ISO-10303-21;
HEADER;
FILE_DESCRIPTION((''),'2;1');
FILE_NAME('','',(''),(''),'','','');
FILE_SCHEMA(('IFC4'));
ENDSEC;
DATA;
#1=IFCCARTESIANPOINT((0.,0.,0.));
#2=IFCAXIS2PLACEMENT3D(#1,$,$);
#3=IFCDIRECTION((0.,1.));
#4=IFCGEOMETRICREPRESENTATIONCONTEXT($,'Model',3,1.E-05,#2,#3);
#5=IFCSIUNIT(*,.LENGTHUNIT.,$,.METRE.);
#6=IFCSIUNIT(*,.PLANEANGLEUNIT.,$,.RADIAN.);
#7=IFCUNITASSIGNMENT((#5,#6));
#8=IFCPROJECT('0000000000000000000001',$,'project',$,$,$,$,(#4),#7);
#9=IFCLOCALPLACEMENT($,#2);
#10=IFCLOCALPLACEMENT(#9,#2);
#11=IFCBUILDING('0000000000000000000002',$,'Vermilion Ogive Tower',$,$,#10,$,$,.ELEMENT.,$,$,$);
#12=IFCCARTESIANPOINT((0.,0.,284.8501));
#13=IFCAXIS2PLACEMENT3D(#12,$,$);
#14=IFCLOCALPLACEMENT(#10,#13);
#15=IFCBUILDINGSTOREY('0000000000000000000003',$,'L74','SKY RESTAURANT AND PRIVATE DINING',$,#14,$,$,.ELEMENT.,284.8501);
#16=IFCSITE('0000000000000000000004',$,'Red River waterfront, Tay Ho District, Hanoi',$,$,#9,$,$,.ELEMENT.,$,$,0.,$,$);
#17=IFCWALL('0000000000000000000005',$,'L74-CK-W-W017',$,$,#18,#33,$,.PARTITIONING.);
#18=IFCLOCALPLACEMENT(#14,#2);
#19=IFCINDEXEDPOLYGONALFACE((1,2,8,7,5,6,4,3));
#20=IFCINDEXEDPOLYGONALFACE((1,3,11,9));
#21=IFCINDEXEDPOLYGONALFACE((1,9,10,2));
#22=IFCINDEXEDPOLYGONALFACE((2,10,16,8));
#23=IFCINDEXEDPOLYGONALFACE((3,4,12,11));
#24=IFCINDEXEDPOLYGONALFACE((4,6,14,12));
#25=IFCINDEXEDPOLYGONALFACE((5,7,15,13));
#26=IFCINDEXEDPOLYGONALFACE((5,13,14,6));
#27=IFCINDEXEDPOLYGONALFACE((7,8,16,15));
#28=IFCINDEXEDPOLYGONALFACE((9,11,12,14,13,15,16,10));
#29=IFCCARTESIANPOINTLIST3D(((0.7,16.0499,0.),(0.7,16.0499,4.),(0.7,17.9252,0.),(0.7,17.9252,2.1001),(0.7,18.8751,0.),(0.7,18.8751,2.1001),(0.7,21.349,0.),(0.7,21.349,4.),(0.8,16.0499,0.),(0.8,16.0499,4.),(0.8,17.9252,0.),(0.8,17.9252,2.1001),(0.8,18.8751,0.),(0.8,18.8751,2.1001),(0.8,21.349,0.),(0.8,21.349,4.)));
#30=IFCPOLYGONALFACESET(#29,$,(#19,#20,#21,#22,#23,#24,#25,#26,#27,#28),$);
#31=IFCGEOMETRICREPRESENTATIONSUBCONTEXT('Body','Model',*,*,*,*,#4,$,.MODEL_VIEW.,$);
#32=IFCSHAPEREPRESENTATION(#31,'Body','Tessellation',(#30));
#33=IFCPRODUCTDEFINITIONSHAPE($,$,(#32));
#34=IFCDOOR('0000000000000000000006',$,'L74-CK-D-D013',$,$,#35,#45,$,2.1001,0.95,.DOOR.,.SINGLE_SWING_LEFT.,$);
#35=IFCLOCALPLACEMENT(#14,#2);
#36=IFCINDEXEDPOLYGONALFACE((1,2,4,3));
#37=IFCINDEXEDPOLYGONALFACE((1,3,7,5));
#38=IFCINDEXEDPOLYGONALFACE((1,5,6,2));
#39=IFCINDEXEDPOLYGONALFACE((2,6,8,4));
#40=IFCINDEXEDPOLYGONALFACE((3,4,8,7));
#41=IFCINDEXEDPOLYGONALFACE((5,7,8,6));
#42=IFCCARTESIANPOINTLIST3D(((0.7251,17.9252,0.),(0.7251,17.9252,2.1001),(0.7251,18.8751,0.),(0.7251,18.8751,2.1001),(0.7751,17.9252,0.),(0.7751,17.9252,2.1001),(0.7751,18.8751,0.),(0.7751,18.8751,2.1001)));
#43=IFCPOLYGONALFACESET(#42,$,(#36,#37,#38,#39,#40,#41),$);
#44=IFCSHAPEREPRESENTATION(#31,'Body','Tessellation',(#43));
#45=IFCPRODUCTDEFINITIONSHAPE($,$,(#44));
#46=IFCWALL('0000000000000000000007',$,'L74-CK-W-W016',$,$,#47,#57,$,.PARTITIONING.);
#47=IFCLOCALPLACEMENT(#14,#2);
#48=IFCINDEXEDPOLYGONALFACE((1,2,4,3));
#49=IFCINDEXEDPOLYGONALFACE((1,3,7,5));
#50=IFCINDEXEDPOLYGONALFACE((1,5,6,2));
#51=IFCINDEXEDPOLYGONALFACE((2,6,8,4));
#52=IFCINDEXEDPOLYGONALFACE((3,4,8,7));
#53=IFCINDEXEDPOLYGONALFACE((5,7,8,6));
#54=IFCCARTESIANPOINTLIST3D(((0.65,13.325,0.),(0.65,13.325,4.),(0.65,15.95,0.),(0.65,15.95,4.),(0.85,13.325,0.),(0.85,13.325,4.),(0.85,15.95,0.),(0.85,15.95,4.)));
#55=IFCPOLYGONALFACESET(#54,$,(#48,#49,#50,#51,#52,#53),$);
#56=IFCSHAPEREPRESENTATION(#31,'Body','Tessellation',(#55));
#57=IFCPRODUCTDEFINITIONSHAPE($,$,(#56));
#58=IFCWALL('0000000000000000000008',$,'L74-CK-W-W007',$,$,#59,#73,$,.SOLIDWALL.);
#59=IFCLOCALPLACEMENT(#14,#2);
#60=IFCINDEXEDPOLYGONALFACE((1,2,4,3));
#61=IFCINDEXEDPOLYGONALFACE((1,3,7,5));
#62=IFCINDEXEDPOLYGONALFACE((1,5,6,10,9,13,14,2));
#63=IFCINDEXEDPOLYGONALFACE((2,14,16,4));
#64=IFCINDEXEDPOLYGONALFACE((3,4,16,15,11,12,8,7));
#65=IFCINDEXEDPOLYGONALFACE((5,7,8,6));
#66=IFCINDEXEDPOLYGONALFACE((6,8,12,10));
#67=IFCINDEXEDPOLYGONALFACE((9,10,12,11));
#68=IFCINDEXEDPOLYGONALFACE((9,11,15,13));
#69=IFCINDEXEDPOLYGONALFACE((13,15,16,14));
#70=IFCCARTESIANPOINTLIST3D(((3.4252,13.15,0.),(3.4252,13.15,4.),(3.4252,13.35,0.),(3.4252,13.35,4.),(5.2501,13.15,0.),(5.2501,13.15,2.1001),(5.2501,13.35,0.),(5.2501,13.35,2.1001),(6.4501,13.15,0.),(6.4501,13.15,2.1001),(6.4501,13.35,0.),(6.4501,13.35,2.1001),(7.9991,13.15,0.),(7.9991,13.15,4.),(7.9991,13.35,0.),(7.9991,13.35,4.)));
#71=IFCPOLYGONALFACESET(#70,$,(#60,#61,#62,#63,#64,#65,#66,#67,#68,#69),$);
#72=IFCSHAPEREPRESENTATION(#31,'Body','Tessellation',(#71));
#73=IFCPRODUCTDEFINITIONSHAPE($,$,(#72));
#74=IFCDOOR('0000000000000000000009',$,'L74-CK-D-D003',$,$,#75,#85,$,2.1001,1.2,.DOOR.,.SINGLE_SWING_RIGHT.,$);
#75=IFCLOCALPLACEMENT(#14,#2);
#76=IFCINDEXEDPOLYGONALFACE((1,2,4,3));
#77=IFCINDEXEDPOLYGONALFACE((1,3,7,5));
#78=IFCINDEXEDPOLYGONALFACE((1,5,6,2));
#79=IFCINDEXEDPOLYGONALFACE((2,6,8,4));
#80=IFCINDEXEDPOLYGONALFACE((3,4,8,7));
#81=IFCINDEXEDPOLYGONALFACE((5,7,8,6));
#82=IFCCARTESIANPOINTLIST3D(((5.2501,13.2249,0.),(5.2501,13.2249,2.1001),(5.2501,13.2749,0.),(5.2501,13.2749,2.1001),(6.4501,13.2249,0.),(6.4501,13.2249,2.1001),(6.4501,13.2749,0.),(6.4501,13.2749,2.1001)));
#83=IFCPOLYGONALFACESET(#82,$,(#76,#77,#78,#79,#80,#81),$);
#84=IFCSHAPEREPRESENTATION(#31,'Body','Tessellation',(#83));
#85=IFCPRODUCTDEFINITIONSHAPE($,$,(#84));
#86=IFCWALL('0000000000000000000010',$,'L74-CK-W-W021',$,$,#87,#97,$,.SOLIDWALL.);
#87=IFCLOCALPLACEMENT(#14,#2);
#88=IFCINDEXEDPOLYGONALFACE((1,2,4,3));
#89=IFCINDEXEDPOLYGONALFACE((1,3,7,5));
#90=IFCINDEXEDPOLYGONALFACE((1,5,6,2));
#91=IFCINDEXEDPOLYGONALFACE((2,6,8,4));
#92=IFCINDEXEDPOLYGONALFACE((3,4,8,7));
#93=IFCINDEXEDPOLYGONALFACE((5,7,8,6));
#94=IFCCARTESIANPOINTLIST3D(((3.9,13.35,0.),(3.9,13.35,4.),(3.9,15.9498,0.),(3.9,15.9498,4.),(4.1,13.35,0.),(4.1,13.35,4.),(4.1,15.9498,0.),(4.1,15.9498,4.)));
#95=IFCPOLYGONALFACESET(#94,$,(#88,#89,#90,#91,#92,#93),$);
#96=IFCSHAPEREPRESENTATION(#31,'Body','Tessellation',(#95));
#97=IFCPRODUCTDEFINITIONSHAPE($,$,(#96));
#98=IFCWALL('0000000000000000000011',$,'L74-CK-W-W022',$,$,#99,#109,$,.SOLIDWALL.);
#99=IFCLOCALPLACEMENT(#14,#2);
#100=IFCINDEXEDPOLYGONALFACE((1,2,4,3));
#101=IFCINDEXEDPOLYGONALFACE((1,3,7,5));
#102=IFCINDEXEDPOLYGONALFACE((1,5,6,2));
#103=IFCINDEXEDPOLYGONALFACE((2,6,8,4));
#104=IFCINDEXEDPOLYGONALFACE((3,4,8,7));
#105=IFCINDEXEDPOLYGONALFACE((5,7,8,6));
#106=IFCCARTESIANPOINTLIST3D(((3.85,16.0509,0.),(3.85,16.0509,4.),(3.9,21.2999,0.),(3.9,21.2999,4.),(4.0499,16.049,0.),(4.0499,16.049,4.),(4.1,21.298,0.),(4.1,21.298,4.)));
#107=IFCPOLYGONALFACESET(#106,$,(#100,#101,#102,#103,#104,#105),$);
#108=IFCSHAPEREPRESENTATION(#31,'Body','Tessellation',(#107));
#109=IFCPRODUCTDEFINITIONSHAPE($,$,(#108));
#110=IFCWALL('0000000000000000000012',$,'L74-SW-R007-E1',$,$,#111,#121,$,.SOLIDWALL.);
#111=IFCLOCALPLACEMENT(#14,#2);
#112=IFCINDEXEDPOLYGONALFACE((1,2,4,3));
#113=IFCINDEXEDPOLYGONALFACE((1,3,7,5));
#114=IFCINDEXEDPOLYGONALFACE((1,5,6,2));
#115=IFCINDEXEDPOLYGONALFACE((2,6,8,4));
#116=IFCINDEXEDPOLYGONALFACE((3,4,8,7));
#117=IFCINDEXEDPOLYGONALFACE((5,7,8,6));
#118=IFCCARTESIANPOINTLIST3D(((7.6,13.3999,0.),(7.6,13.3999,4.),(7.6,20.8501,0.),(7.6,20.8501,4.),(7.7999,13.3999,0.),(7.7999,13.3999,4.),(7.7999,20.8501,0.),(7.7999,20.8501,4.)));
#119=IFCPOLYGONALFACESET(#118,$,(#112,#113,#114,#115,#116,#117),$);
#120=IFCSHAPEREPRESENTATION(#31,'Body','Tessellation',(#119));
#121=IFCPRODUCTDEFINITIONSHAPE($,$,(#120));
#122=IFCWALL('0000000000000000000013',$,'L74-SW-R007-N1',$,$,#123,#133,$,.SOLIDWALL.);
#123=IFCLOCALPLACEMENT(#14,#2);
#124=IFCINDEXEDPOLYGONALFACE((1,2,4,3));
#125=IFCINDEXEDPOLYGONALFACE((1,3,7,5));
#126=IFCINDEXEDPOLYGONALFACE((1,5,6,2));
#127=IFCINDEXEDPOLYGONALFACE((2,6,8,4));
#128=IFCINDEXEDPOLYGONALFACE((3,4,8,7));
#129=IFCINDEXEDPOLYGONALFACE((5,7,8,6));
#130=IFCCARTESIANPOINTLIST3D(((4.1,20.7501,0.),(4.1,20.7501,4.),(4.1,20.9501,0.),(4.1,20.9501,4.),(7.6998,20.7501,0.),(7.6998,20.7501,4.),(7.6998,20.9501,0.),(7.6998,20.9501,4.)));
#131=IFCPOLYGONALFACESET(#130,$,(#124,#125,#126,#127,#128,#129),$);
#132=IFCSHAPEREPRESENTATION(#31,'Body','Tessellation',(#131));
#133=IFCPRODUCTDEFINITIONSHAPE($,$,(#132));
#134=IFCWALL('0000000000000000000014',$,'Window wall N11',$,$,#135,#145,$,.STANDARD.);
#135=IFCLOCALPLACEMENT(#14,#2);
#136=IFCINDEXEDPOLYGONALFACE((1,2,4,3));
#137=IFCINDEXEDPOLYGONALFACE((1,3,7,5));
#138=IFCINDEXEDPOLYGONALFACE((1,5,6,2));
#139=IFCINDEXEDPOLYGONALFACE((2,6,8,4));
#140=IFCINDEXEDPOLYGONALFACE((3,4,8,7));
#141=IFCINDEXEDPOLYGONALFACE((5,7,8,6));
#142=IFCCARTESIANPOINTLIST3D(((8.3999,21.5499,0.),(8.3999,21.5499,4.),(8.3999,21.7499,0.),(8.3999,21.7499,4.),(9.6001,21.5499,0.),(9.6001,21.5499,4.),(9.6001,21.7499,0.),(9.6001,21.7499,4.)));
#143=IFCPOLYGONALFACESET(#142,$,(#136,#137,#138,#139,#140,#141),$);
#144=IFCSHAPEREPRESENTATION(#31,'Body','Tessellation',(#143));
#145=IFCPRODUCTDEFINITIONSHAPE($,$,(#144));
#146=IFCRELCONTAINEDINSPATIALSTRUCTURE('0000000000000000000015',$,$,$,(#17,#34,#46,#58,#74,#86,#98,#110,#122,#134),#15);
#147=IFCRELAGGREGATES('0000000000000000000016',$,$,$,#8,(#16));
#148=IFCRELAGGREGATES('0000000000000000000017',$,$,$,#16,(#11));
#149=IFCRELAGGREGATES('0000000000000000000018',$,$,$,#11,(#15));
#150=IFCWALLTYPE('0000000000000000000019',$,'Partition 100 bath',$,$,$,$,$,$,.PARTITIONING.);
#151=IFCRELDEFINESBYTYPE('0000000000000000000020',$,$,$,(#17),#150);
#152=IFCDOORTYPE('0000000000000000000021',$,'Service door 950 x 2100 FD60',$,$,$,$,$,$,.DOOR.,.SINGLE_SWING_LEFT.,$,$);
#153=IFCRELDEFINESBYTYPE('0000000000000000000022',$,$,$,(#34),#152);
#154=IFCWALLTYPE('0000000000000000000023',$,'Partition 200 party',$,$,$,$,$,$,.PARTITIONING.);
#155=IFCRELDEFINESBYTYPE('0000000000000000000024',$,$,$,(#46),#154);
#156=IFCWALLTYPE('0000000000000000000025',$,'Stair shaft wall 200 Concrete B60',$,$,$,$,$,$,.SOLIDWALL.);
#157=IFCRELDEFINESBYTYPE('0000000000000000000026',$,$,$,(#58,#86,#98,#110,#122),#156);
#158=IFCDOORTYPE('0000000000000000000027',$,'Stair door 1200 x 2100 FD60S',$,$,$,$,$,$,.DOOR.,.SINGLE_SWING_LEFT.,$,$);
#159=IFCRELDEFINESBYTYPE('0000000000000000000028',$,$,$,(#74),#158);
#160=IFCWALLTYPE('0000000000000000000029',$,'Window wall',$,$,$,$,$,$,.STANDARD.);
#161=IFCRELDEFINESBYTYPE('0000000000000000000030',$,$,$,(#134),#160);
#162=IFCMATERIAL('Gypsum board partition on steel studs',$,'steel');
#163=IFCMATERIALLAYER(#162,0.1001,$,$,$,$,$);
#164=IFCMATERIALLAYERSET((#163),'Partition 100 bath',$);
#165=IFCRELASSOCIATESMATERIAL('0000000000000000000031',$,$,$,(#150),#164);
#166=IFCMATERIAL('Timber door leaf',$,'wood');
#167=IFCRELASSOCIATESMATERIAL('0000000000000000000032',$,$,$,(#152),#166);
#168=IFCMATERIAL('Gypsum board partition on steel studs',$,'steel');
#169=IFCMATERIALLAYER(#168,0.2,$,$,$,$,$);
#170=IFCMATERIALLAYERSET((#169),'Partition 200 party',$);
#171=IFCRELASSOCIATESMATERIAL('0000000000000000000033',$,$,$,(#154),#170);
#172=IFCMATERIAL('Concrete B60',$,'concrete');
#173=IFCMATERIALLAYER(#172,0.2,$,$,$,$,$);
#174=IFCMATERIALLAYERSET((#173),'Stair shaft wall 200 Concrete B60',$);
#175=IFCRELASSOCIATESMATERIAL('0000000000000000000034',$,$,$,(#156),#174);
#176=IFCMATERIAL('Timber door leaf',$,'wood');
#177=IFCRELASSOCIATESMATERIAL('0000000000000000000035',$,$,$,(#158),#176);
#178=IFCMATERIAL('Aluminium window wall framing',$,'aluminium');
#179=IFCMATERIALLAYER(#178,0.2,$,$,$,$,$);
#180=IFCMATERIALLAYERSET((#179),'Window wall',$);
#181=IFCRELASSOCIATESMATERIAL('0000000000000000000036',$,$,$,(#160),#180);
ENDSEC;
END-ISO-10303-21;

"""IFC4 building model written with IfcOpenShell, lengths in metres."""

from ifc_helpers import new_model, si_unit, direction, frame, frame_2d, origin, place, context, subcontext, project, spatial, rectangle, extrude, material, layer, layer_set, type_object, element, fill, save


model = new_model("IFC4")

# Units and contexts
model_context = context("Model", 3, precision=1e-05, world=origin(), true_north=direction((0.0, 1.0)))
body_context = subcontext(model_context, "Body", "Model", "MODEL_VIEW")
ifc_project = project(units=[si_unit("LENGTHUNIT", "METRE"), si_unit("PLANEANGLEUNIT", "RADIAN")], contexts=[model_context])

# Site, building, storey
site_placement = place(None, origin())
site = spatial("IfcSite", under=ifc_project, at=site_placement, Name="Red River waterfront, Tay Ho District, Hanoi", CompositionType="ELEMENT", RefElevation=0.0)
building_placement = place(site_placement, origin())
building = spatial("IfcBuilding", under=site, at=building_placement, Name="Vermilion Ogive Tower", CompositionType="ELEMENT")
storey_placement = place(building_placement, frame((0.0, 0.0, 284.8501)))
storey = spatial("IfcBuildingStorey", under=building, at=storey_placement, Name="L74", Description="SKY RESTAURANT AND PRIVATE DINING", CompositionType="ELEMENT", Elevation=284.8501)

# Shared definitions
ifc_material_1 = material(Name="Gypsum board partition on steel studs", Category="steel")
ifc_layer_1 = layer(ifc_material_1, 0.1001)
ifc_layer_set_1 = layer_set([ifc_layer_1], Name="Partition 100 bath")
wall_type_1 = type_object("IfcWallType", Name="Partition 100 bath", PredefinedType="PARTITIONING", material=ifc_layer_set_1)

# Wall, opening, door
wall_1_placement = place(storey_placement, frame((0.75, 16.05, 0.0), z_axis=(0.0, 0.0, 1.0), x_axis=(0.0, 1.0, 0.0)))
wall_1 = element("IfcWall", 1, at=wall_1_placement, inside=storey, type_object=wall_type_1, Name="L74-CK-W-W017", PredefinedType="PARTITIONING", context=body_context, shape_type="SweptSolid", body=[
    extrude(rectangle(XDim=5.2991, YDim=0.1001, at=frame_2d((2.6494, 0.0))), origin(), (0.0, 0.0, 1.0), 4.0),
])
opening_1_placement = place(wall_1_placement, frame((1.875, 0.0, 0.0)))
opening_1 = element("IfcOpeningElement", 2, at=opening_1_placement, cuts=wall_1, PredefinedType="OPENING", context=body_context, shape_type="SweptSolid", body=[
    extrude(rectangle(XDim=0.95, YDim=2.1001, at=frame_2d((0.4751, 1.05))), frame((0.0, 0.0601, 0.0), z_axis=(0.0, -1.0, 0.0), x_axis=(1.0, 0.0, 0.0)), (0.0, 0.0, 1.0), 0.1201),
])
ifc_material_2 = material(Name="Timber door leaf", Category="wood")
door_type_1 = type_object("IfcDoorType", Name="Service door 950 x 2100 FD60", OperationType="SINGLE_SWING_LEFT", PredefinedType="DOOR", material=ifc_material_2)
door_1_placement = place(opening_1_placement, origin())
door_1 = element("IfcDoor", 3, at=door_1_placement, inside=storey, type_object=door_type_1, Name="L74-CK-D-D013", OperationType="SINGLE_SWING_LEFT", OverallHeight=2.1001, OverallWidth=0.95, PredefinedType="DOOR", context=body_context, shape_type="SweptSolid", body=[
    extrude(rectangle(XDim=0.95, YDim=2.1001, at=frame_2d((0.4751, 1.05))), frame((0.0, 0.0249, 0.0), z_axis=(0.0, -1.0, 0.0), x_axis=(1.0, 0.0, 0.0)), (0.0, 0.0, 1.0), 0.05),
])
fill(opening_1, door_1)

# Wall
ifc_material_3 = material(Name="Gypsum board partition on steel studs", Category="steel")
ifc_layer_2 = layer(ifc_material_3, 0.2)
ifc_layer_set_2 = layer_set([ifc_layer_2], Name="Partition 200 party")
wall_type_2 = type_object("IfcWallType", Name="Partition 200 party", PredefinedType="PARTITIONING", material=ifc_layer_set_2)
wall_2_placement = place(storey_placement, frame((0.75, 13.325, 0.0), z_axis=(0.0, 0.0, 1.0), x_axis=(0.0, 1.0, 0.0)))
element("IfcWall", 4, at=wall_2_placement, inside=storey, type_object=wall_type_2, Name="L74-CK-W-W016", PredefinedType="PARTITIONING", context=body_context, shape_type="SweptSolid", body=[
    extrude(rectangle(XDim=2.625, YDim=0.2, at=frame_2d((1.3125, 0.0))), origin(), (0.0, 0.0, 1.0), 4.0),
])

# Wall, opening, door
ifc_material_4 = material(Name="Concrete B60", Category="concrete")
ifc_layer_3 = layer(ifc_material_4, 0.2)
ifc_layer_set_3 = layer_set([ifc_layer_3], Name="Stair shaft wall 200 Concrete B60")
wall_type_3 = type_object("IfcWallType", Name="Stair shaft wall 200 Concrete B60", PredefinedType="SOLIDWALL", material=ifc_layer_set_3)
wall_3_placement = place(storey_placement, frame((3.425, 13.25, 0.0), z_axis=(0.0, 0.0, 1.0), x_axis=(1.0, 0.0, 0.0)))
wall_3 = element("IfcWall", 5, at=wall_3_placement, inside=storey, type_object=wall_type_3, Name="L74-CK-W-W007", PredefinedType="SOLIDWALL", context=body_context, shape_type="SweptSolid", body=[
    extrude(rectangle(XDim=4.574, YDim=0.2, at=frame_2d((2.2871, 0.0))), origin(), (0.0, 0.0, 1.0), 4.0),
])
opening_2_placement = place(wall_3_placement, frame((1.825, 0.0, 0.0)))
opening_2 = element("IfcOpeningElement", 6, at=opening_2_placement, cuts=wall_3, PredefinedType="OPENING", context=body_context, shape_type="SweptSolid", body=[
    extrude(rectangle(XDim=1.2, YDim=2.1001, at=frame_2d((0.6001, 1.05))), frame((0.0, 0.1099, 0.0), z_axis=(0.0, -1.0, 0.0), x_axis=(1.0, 0.0, 0.0)), (0.0, 0.0, 1.0), 0.22),
])
ifc_material_5 = material(Name="Timber door leaf", Category="wood")
door_type_2 = type_object("IfcDoorType", Name="Stair door 1200 x 2100 FD60S", OperationType="SINGLE_SWING_LEFT", PredefinedType="DOOR", material=ifc_material_5)
door_2_placement = place(opening_2_placement, origin())
door_2 = element("IfcDoor", 7, at=door_2_placement, inside=storey, type_object=door_type_2, Name="L74-CK-D-D003", OperationType="SINGLE_SWING_RIGHT", OverallHeight=2.1001, OverallWidth=1.2, PredefinedType="DOOR", context=body_context, shape_type="SweptSolid", body=[
    extrude(rectangle(XDim=1.2, YDim=2.1001, at=frame_2d((0.6001, 1.05))), frame((0.0, 0.0249, 0.0), z_axis=(0.0, -1.0, 0.0), x_axis=(1.0, 0.0, 0.0)), (0.0, 0.0, 1.0), 0.05),
])
fill(opening_2, door_2)

# Walls
wall_4_placement = place(storey_placement, frame((4.0, 13.3501, 0.0), z_axis=(0.0, 0.0, 1.0), x_axis=(0.0, 1.0, 0.0)))
element("IfcWall", 8, at=wall_4_placement, inside=storey, type_object=wall_type_3, Name="L74-CK-W-W021", PredefinedType="SOLIDWALL", context=body_context, shape_type="SweptSolid", body=[
    extrude(rectangle(XDim=2.5999, YDim=0.2, at=frame_2d((1.2998, 0.0))), origin(), (0.0, 0.0, 1.0), 4.0),
])
wall_5_placement = place(storey_placement, frame((3.95, 16.05, 0.0), z_axis=(0.0, 0.0, 1.0), x_axis=(0.009534, 0.999955, 0.0)))
element("IfcWall", 9, at=wall_5_placement, inside=storey, type_object=wall_type_3, Name="L74-CK-W-W022", PredefinedType="SOLIDWALL", context=body_context, shape_type="SweptSolid", body=[
    extrude(rectangle(XDim=5.2493, YDim=0.2, at=frame_2d((2.6245, 0.0))), origin(), (0.0, 0.0, 1.0), 4.0),
])
wall_6_placement = place(storey_placement, frame((7.7, 13.3999, 0.0), z_axis=(0.0, 0.0, 1.0), x_axis=(0.0, 1.0, 0.0)))
element("IfcWall", 10, at=wall_6_placement, inside=storey, type_object=wall_type_3, Name="L74-SW-R007-E1", PredefinedType="SOLIDWALL", context=body_context, shape_type="SweptSolid", body=[
    extrude(rectangle(XDim=7.4502, YDim=0.2, at=frame_2d((3.7251, 0.0))), origin(), (0.0, 0.0, 1.0), 4.0),
])
wall_7_placement = place(storey_placement, frame((4.1001, 20.8501, 0.0), z_axis=(0.0, 0.0, 1.0), x_axis=(1.0, 0.0, 0.0)))
element("IfcWall", 11, at=wall_7_placement, inside=storey, type_object=wall_type_3, Name="L74-SW-R007-N1", PredefinedType="SOLIDWALL", context=body_context, shape_type="SweptSolid", body=[
    extrude(rectangle(XDim=3.5999, YDim=0.2, at=frame_2d((1.7998, 0.0))), origin(), (0.0, 0.0, 1.0), 4.0),
])
ifc_material_6 = material(Name="Aluminium window wall framing", Category="aluminium")
ifc_layer_4 = layer(ifc_material_6, 0.2)
ifc_layer_set_4 = layer_set([ifc_layer_4], Name="Window wall")
wall_type_4 = type_object("IfcWallType", Name="Window wall", PredefinedType="STANDARD", material=ifc_layer_set_4)
wall_8_placement = place(storey_placement, frame((9.6001, 21.6499, 0.0), z_axis=(0.0, 0.0, 1.0), x_axis=(-1.0, 0.0, 0.0)))
element("IfcWall", 12, at=wall_8_placement, inside=storey, type_object=wall_type_4, Name="Window wall N11", PredefinedType="STANDARD", context=body_context, shape_type="SweptSolid", body=[
    extrude(rectangle(XDim=1.2002, YDim=0.2, at=frame_2d((0.6001, 0.0))), origin(), (0.0, 0.0, 1.0), 4.0),
])

save(model, "model.ifc")
